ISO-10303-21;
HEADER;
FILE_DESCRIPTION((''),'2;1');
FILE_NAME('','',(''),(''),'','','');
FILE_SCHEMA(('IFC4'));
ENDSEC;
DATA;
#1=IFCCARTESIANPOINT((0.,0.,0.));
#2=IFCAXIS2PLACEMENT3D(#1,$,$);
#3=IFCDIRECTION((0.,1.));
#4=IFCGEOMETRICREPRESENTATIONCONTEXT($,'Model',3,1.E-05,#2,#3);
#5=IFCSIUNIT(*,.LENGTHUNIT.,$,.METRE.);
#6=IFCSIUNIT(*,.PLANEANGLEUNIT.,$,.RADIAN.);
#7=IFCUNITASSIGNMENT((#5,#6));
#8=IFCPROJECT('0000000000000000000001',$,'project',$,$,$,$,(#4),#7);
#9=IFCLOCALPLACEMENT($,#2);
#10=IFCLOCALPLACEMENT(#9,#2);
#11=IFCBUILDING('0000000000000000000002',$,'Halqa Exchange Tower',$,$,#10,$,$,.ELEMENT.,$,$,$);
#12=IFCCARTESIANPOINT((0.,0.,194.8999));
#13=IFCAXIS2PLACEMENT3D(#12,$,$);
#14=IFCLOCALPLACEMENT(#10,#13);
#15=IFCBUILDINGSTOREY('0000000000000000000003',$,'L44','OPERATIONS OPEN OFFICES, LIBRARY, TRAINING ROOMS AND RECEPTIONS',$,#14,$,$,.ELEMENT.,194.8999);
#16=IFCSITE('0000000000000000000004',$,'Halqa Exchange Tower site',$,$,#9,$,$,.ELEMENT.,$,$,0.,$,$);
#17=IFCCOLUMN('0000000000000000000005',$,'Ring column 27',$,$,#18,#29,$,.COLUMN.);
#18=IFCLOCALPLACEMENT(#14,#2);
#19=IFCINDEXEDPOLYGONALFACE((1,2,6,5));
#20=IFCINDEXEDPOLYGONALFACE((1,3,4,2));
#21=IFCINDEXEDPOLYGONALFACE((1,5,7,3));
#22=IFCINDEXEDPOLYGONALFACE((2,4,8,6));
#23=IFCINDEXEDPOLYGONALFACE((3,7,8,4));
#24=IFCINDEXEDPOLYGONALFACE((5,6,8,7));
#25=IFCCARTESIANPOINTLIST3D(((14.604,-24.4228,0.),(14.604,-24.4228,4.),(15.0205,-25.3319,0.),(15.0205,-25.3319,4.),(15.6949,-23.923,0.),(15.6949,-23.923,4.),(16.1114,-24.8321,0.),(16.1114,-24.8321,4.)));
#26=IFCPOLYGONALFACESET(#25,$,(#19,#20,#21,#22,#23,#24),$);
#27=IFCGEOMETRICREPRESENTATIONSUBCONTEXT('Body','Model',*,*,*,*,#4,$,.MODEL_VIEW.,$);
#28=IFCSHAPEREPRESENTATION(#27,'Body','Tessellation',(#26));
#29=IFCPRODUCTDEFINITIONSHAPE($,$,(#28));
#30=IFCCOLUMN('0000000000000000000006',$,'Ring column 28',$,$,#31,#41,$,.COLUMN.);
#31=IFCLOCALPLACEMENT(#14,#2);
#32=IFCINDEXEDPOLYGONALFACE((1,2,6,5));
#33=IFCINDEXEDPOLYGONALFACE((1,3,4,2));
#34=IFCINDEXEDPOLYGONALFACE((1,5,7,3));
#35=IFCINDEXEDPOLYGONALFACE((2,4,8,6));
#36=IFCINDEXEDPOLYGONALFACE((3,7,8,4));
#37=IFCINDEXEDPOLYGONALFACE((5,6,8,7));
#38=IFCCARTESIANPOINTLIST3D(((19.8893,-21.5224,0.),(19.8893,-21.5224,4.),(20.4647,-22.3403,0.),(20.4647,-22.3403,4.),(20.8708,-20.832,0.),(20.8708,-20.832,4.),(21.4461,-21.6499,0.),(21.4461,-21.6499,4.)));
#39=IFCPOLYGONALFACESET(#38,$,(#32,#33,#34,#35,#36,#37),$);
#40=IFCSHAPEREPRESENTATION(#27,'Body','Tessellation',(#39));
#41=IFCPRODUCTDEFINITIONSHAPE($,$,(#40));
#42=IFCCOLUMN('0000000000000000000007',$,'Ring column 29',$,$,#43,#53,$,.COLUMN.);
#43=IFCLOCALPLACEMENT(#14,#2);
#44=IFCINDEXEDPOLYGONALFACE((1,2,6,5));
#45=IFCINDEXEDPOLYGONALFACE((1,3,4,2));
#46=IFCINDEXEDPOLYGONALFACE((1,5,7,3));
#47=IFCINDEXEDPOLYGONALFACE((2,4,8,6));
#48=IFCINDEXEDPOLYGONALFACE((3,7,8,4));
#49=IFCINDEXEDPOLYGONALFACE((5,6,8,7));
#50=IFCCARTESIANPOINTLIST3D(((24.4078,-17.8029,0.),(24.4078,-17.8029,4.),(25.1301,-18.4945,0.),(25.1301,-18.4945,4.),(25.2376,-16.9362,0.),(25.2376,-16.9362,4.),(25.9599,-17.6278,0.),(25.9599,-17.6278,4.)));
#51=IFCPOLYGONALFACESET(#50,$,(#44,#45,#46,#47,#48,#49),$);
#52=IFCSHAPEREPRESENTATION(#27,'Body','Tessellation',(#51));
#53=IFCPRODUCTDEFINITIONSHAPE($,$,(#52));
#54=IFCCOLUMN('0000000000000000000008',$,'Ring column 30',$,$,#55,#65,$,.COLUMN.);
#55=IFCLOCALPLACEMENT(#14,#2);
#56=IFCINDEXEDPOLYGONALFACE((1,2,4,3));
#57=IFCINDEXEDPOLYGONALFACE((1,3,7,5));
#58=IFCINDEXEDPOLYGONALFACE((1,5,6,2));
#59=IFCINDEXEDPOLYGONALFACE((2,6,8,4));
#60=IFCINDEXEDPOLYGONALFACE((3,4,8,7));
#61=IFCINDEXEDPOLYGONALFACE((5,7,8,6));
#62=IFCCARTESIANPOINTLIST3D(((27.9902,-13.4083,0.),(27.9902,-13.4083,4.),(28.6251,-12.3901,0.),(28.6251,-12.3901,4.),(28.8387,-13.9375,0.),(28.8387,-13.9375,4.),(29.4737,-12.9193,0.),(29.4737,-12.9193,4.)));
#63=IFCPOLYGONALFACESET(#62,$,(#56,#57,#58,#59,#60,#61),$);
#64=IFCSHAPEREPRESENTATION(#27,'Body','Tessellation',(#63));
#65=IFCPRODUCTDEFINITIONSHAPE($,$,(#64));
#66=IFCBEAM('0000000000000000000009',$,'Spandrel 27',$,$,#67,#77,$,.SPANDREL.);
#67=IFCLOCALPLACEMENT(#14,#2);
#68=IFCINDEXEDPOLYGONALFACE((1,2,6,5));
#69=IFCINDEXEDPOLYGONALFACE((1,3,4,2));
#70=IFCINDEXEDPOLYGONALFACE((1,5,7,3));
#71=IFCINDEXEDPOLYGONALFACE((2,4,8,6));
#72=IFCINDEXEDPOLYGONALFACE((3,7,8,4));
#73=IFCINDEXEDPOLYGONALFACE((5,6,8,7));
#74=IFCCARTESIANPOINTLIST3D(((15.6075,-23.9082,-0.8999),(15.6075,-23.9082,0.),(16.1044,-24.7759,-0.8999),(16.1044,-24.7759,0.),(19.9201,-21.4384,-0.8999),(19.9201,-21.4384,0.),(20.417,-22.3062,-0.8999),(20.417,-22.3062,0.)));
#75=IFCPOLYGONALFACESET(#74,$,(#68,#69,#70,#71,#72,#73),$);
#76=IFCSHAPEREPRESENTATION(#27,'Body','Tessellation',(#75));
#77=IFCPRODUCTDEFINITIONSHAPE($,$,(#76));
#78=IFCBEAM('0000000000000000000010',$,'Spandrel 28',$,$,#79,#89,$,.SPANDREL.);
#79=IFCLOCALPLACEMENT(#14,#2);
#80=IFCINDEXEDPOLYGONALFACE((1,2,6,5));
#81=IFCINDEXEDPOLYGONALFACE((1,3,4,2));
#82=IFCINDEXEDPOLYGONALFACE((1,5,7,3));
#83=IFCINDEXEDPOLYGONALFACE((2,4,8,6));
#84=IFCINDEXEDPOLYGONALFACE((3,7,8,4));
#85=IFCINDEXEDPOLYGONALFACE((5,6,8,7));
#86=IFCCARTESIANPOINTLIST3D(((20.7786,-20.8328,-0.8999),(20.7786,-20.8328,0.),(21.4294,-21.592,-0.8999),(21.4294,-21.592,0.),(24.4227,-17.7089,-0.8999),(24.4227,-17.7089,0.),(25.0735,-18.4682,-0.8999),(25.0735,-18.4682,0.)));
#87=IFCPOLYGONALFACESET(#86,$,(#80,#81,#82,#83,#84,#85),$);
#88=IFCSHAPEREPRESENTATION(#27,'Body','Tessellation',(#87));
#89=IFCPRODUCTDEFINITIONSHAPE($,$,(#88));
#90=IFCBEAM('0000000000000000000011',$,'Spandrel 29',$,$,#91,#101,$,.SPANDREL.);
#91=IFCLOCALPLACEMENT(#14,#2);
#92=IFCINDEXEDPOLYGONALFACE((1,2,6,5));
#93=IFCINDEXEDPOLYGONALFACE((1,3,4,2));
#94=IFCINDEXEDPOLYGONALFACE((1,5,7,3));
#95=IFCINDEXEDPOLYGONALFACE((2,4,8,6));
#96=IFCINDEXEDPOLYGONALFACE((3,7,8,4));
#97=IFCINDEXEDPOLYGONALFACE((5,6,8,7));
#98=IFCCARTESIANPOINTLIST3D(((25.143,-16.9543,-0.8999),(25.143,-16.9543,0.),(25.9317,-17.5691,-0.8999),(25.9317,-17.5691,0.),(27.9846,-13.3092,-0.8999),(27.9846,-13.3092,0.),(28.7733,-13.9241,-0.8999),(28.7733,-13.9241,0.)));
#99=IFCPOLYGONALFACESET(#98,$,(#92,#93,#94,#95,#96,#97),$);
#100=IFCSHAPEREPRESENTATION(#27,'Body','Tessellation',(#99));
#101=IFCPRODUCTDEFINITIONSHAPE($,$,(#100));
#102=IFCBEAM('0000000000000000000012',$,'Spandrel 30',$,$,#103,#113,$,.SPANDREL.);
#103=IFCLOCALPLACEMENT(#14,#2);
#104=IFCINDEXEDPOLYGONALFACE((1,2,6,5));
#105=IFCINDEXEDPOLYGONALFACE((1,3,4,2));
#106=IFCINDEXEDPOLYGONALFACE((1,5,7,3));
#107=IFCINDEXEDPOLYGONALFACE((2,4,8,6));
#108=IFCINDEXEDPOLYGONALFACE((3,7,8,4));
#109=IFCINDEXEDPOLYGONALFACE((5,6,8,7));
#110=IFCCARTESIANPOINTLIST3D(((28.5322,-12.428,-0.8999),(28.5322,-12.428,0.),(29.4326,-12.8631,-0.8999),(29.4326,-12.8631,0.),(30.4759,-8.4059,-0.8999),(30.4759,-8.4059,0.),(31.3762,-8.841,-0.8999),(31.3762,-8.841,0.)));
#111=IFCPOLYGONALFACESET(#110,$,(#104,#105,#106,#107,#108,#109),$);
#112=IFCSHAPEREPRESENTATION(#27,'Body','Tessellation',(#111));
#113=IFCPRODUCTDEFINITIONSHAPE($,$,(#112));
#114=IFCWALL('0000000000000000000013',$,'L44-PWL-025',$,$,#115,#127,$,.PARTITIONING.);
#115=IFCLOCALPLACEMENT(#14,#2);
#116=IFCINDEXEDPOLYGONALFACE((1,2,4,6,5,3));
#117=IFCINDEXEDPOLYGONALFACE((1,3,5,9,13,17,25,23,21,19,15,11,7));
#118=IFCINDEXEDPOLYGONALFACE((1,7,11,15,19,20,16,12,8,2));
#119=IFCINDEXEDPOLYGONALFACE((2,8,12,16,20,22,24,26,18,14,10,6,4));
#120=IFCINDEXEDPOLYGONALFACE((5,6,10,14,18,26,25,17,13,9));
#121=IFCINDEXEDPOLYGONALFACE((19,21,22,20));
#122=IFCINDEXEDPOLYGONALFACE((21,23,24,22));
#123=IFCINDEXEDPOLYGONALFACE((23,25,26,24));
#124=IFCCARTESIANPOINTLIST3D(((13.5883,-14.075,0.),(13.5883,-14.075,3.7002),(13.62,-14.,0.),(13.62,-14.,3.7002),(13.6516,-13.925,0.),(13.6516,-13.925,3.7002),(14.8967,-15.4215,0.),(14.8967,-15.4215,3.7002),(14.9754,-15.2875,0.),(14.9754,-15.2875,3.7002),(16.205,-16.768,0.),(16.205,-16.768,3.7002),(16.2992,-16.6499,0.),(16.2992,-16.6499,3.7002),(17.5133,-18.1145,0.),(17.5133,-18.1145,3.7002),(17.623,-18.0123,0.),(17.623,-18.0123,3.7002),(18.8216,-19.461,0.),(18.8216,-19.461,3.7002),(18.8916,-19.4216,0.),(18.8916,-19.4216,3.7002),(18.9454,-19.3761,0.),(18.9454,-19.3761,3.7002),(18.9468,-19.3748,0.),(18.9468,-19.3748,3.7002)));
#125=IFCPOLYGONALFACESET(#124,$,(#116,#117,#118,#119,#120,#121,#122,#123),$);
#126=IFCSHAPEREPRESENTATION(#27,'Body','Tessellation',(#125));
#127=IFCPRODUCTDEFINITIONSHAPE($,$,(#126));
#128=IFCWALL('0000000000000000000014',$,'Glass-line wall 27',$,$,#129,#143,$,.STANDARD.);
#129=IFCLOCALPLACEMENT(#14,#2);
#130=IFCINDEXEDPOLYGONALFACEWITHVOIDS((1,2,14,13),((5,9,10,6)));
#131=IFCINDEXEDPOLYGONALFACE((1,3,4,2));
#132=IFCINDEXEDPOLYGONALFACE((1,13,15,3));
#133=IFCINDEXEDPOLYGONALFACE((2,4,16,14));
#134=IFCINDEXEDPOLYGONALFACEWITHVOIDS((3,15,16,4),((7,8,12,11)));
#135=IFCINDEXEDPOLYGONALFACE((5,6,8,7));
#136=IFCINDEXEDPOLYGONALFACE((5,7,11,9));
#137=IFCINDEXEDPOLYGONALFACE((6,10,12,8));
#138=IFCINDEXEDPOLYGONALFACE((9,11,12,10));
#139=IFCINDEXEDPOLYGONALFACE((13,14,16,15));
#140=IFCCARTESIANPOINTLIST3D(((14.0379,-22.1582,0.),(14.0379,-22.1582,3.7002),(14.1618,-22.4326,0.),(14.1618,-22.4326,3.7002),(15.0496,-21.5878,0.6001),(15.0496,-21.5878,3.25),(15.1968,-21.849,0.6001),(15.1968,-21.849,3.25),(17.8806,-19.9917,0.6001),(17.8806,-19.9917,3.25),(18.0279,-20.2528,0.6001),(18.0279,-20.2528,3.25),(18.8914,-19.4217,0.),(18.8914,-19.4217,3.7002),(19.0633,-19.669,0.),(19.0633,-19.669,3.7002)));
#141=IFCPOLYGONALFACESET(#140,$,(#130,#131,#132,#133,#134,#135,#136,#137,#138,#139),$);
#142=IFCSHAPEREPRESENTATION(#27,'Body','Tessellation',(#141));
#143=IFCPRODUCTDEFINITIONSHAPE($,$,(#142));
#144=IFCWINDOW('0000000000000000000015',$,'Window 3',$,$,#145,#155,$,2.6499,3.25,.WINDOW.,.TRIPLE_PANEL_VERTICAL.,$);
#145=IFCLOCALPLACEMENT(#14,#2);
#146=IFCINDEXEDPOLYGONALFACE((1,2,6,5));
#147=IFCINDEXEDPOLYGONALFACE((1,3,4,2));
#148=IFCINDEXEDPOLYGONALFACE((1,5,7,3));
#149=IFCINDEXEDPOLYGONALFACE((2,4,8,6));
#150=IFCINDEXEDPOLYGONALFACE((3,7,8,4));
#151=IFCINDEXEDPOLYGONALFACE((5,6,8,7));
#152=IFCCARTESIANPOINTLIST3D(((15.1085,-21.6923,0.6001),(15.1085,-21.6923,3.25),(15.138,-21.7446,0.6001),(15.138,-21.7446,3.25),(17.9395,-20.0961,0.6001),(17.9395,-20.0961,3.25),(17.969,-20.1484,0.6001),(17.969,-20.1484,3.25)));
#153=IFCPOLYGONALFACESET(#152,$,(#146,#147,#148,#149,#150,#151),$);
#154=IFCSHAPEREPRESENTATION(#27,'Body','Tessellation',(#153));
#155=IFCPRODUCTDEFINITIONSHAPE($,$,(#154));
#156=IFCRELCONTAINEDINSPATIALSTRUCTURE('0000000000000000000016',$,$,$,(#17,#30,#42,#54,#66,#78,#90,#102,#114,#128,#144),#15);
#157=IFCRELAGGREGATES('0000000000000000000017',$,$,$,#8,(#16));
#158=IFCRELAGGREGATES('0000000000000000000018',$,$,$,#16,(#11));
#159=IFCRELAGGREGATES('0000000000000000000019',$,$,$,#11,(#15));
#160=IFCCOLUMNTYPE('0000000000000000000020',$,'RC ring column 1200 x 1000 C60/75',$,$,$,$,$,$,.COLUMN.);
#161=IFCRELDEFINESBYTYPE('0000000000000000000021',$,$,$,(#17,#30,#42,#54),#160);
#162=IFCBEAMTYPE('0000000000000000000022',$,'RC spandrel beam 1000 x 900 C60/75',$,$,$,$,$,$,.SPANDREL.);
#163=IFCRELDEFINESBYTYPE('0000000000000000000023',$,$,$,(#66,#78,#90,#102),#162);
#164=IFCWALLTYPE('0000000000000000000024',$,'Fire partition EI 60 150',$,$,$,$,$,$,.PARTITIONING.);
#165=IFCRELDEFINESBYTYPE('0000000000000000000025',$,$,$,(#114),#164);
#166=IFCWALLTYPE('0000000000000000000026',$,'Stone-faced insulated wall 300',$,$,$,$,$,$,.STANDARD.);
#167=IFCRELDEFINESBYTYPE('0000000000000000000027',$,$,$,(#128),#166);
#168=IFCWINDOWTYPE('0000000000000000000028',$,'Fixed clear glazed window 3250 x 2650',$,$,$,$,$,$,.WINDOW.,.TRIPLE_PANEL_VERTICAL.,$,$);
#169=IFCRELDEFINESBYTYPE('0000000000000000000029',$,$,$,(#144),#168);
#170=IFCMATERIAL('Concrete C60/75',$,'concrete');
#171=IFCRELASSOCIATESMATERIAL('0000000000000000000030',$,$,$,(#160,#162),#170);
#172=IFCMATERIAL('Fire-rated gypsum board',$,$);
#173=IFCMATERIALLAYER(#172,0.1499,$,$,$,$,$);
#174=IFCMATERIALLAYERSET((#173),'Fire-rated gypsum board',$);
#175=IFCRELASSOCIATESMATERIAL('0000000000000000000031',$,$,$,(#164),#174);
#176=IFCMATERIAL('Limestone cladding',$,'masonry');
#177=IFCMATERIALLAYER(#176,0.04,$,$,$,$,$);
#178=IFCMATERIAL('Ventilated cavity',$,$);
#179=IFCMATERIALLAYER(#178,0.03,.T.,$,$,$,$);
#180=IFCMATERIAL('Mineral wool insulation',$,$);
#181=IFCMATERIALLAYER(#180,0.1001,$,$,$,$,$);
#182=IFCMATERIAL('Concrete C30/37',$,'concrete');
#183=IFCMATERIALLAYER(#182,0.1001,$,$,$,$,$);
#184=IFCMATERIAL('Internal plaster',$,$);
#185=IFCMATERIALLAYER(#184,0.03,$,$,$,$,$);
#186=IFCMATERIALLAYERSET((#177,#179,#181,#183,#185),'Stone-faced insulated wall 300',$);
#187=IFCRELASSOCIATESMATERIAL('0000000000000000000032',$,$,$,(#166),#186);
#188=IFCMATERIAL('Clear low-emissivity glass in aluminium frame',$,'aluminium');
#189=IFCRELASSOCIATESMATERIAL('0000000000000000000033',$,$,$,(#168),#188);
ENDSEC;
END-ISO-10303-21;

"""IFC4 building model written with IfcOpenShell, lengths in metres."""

from ifc_helpers import new_model, si_unit, direction, frame, frame_2d, origin, origin_2d, place, context, subcontext, project, spatial, polyline, rectangle, outline, extrude, material, layer, layer_set, material_profile, profile_set, type_object, element, fill, save


model = new_model("IFC4")

# Units and contexts
model_context = context("Model", 3, precision=1e-05, world=origin(), true_north=direction((0.0, 1.0)))
body_context = subcontext(model_context, "Body", "Model", "MODEL_VIEW")
ifc_project = project(units=[si_unit("LENGTHUNIT", "METRE"), si_unit("PLANEANGLEUNIT", "RADIAN")], contexts=[model_context])

# Site, building, storey
site_placement = place(None, origin())
site = spatial("IfcSite", under=ifc_project, at=site_placement, Name="Halqa Exchange Tower site", CompositionType="ELEMENT", RefElevation=0.0)
building_placement = place(site_placement, origin())
building = spatial("IfcBuilding", under=site, at=building_placement, Name="Halqa Exchange Tower", CompositionType="ELEMENT")
storey_placement = place(building_placement, frame((0.0, 0.0, 194.8999)))
storey = spatial("IfcBuildingStorey", under=building, at=storey_placement, Name="L44", Description="OPERATIONS OPEN OFFICES, LIBRARY, TRAINING ROOMS AND RECEPTIONS", CompositionType="ELEMENT", Elevation=194.8999)

# Columns
ifc_material_1 = material(Name="Concrete C60/75", Category="concrete")
ifc_material_profile_1 = material_profile(ifc_material_1, rectangle(XDim=1.2, YDim=1.0, at=origin_2d()), Name="1200 x 1000")
ifc_profile_set_1 = profile_set([ifc_material_profile_1], Name="Concrete C60/75")
column_type = type_object("IfcColumnType", Name="RC ring column 1200 x 1000 C60/75", PredefinedType="COLUMN", material=ifc_profile_set_1)
for number, where, z_axis, x_axis, name in (
    (1, (15.3577, -24.6274, 0.0), (0.0, 0.0, 1.0), (0.909126, 0.416522, 0.0), "Ring column 27"),
    (2, (20.6677, -21.5862, 0.0), (0.0, 0.0, 1.0), (0.817906, 0.575352, 0.0), "Ring column 28"),
    (3, (25.1838, -17.7153, 0.0), (0.0, 0.0, 1.0), (0.691576, 0.722304, 0.0), "Ring column 29"),
    (4, (28.7319, -13.1638, 0.0), (0.0, 0.0, 1.0), (0.529145, 0.848531, 0.0), "Ring column 30"),
):
    element("IfcColumn", number, at=place(storey_placement, frame(where, z_axis=z_axis, x_axis=x_axis)), inside=storey, type_object=column_type, Name=name, PredefinedType="COLUMN", context=body_context, shape_type="SweptSolid", body=[
        extrude(rectangle(XDim=1.2, YDim=1.0, at=origin_2d()), origin(), (0.0, 0.0, 1.0), 4.0),
    ])

# Beams
ifc_material_profile_2 = material_profile(ifc_material_1, rectangle(XDim=1.0, YDim=0.8999, at=origin_2d()), Name="1000 x 900")
ifc_profile_set_2 = profile_set([ifc_material_profile_2], Name="Concrete C60/75")
beam_type = type_object("IfcBeamType", Name="RC spandrel beam 1000 x 900 C60/75", PredefinedType="SPANDREL", material=ifc_profile_set_2)
beam_1_placement = place(storey_placement, frame((15.856, -24.342, -0.45), z_axis=(0.867771, 0.496964, 0.0), x_axis=(-0.496964, 0.867771, 0.0)))
element("IfcBeam", 5, at=beam_1_placement, inside=storey, type_object=beam_type, Name="Spandrel 27", PredefinedType="SPANDREL", context=body_context, shape_type="SweptSolid", body=[
    extrude(rectangle(XDim=1.0, YDim=0.8999, at=origin_2d()), origin(), (0.0, 0.0, 1.0), 4.9697),
])
beam_2_placement = place(storey_placement, frame((21.104, -21.2124, -0.45), z_axis=(0.759224, 0.650829, 0.0), x_axis=(-0.650829, 0.759224, 0.0)))
element("IfcBeam", 6, at=beam_2_placement, inside=storey, type_object=beam_type, Name="Spandrel 28", PredefinedType="SPANDREL", context=body_context, shape_type="SweptSolid", body=[
    extrude(rectangle(XDim=1.0, YDim=0.8999, at=origin_2d()), origin(), (0.0, 0.0, 1.0), 4.7998),
])
beam_3_placement = place(storey_placement, frame((25.5374, -17.2617, -0.45), z_axis=(0.614822, 0.788666, 0.0), x_axis=(-0.788666, 0.614822, 0.0)))
element("IfcBeam", 7, at=beam_3_placement, inside=storey, type_object=beam_type, Name="Spandrel 29", PredefinedType="SPANDREL", context=body_context, shape_type="SweptSolid", body=[
    extrude(rectangle(XDim=1.0, YDim=0.8999, at=origin_2d()), origin(), (0.0, 0.0, 1.0), 4.6218),
])
beam_4_placement = place(storey_placement, frame((28.9824, -12.6455, -0.45), z_axis=(0.435105, 0.90038, 0.0), x_axis=(-0.90038, 0.435105, 0.0)))
element("IfcBeam", 8, at=beam_4_placement, inside=storey, type_object=beam_type, Name="Spandrel 30", PredefinedType="SPANDREL", context=body_context, shape_type="SweptSolid", body=[
    extrude(rectangle(XDim=1.0, YDim=0.8999, at=origin_2d()), origin(), (0.0, 0.0, 1.0), 4.467),
])

# Wall
ifc_material_2 = material(Name="Fire-rated gypsum board")
ifc_layer_1 = layer(ifc_material_2, 0.1499)
ifc_layer_set_1 = layer_set([ifc_layer_1], Name="Fire-rated gypsum board")
wall_type_1 = type_object("IfcWallType", Name="Fire partition EI 60 150", PredefinedType="PARTITIONING", material=ifc_layer_set_1)
wall_1_placement = place(storey_placement, frame((18.8931, -19.427, 0.0), z_axis=(0.0, 0.0, 1.0), x_axis=(-0.696865, 0.717203, 0.0)))
element("IfcWall", 9, at=wall_1_placement, inside=storey, type_object=wall_type_1, Name="L44-PWL-025", PredefinedType="PARTITIONING", context=body_context, shape_type="SweptSolid", body=[
    extrude(outline(polyline([(0.0, -0.075), (1.8997, -0.075), (3.7993, -0.075), (5.699, -0.075), (7.5986, -0.075), (7.5669, 0.0), (7.5352, 0.075), (5.6577, 0.075), (3.7803, 0.075), (1.9028, 0.075), (0.0254, 0.075), (0.0049, -0.0027), (0.0, -0.073), (0.0, -0.075)])), origin(), (0.0, 0.0, 1.0), 3.7002),
])

# Wall, opening, window
ifc_material_3 = material(Name="Limestone cladding", Category="masonry")
ifc_layer_2 = layer(ifc_material_3, 0.04)
ifc_material_4 = material(Name="Ventilated cavity")
ifc_layer_3 = layer(ifc_material_4, 0.03, ventilated=True)
ifc_material_5 = material(Name="Mineral wool insulation")
ifc_layer_4 = layer(ifc_material_5, 0.1001)
ifc_material_6 = material(Name="Concrete C30/37", Category="concrete")
ifc_layer_5 = layer(ifc_material_6, 0.1001)
ifc_material_7 = material(Name="Internal plaster")
ifc_layer_6 = layer(ifc_material_7, 0.03)
ifc_layer_set_2 = layer_set([ifc_layer_2, ifc_layer_3, ifc_layer_4, ifc_layer_5, ifc_layer_6], Name="Stone-faced insulated wall 300")
wall_type_2 = type_object("IfcWallType", Name="Stone-faced insulated wall 300", PredefinedType="STANDARD", material=ifc_layer_set_2)
wall_2_placement = place(storey_placement, frame((14.0999, -22.2954, 0.0), z_axis=(0.0, 0.0, 1.0), x_axis=(0.871084, 0.491135, 0.0)))
wall_2 = element("IfcWall", 10, at=wall_2_placement, inside=storey, type_object=wall_type_2, Name="Glass-line wall 27", PredefinedType="STANDARD", context=body_context, shape_type="SweptSolid", body=[
    extrude(outline(polyline([(-0.0134, -0.1499), (5.6135, -0.1499), (5.5852, 0.1499), (0.0134, 0.1499), (-0.0134, -0.1499)])), origin(), (0.0, 0.0, 1.0), 3.7002),
])
opening_1_placement = place(wall_2_placement, frame((1.1748, 0.0, 0.6001)))
opening_1 = element("IfcOpeningElement", 11, at=opening_1_placement, cuts=wall_2, PredefinedType="OPENING", context=body_context, shape_type="SweptSolid", body=[
    extrude(rectangle(XDim=3.25, YDim=2.6499, at=frame_2d((1.625, 1.325))), frame((0.0, 0.1621, 0.0), z_axis=(0.0, -1.0, 0.0), x_axis=(1.0, 0.0, 0.0)), (0.0, 0.0, 1.0), 0.324),
])
ifc_material_8 = material(Name="Clear low-emissivity glass in aluminium frame", Category="aluminium")
window_type = type_object("IfcWindowType", Name="Fixed clear glazed window 3250 x 2650", PartitioningType="TRIPLE_PANEL_VERTICAL", PredefinedType="WINDOW", material=ifc_material_8)
window_1_placement = place(opening_1_placement, origin())
window_1 = element("IfcWindow", 12, at=window_1_placement, inside=storey, type_object=window_type, Name="Window 3", OverallHeight=2.6499, OverallWidth=3.25, PartitioningType="TRIPLE_PANEL_VERTICAL", PredefinedType="WINDOW", context=body_context, shape_type="SweptSolid", body=[
    extrude(rectangle(XDim=3.25, YDim=2.6499, at=frame_2d((1.625, 1.325))), frame((0.0, 0.03, 0.0), z_axis=(0.0, -1.0, 0.0), x_axis=(1.0, 0.0, 0.0)), (0.0, 0.0, 1.0), 0.0601),
])
fill(opening_1, window_1)

save(model, "model.ifc")
